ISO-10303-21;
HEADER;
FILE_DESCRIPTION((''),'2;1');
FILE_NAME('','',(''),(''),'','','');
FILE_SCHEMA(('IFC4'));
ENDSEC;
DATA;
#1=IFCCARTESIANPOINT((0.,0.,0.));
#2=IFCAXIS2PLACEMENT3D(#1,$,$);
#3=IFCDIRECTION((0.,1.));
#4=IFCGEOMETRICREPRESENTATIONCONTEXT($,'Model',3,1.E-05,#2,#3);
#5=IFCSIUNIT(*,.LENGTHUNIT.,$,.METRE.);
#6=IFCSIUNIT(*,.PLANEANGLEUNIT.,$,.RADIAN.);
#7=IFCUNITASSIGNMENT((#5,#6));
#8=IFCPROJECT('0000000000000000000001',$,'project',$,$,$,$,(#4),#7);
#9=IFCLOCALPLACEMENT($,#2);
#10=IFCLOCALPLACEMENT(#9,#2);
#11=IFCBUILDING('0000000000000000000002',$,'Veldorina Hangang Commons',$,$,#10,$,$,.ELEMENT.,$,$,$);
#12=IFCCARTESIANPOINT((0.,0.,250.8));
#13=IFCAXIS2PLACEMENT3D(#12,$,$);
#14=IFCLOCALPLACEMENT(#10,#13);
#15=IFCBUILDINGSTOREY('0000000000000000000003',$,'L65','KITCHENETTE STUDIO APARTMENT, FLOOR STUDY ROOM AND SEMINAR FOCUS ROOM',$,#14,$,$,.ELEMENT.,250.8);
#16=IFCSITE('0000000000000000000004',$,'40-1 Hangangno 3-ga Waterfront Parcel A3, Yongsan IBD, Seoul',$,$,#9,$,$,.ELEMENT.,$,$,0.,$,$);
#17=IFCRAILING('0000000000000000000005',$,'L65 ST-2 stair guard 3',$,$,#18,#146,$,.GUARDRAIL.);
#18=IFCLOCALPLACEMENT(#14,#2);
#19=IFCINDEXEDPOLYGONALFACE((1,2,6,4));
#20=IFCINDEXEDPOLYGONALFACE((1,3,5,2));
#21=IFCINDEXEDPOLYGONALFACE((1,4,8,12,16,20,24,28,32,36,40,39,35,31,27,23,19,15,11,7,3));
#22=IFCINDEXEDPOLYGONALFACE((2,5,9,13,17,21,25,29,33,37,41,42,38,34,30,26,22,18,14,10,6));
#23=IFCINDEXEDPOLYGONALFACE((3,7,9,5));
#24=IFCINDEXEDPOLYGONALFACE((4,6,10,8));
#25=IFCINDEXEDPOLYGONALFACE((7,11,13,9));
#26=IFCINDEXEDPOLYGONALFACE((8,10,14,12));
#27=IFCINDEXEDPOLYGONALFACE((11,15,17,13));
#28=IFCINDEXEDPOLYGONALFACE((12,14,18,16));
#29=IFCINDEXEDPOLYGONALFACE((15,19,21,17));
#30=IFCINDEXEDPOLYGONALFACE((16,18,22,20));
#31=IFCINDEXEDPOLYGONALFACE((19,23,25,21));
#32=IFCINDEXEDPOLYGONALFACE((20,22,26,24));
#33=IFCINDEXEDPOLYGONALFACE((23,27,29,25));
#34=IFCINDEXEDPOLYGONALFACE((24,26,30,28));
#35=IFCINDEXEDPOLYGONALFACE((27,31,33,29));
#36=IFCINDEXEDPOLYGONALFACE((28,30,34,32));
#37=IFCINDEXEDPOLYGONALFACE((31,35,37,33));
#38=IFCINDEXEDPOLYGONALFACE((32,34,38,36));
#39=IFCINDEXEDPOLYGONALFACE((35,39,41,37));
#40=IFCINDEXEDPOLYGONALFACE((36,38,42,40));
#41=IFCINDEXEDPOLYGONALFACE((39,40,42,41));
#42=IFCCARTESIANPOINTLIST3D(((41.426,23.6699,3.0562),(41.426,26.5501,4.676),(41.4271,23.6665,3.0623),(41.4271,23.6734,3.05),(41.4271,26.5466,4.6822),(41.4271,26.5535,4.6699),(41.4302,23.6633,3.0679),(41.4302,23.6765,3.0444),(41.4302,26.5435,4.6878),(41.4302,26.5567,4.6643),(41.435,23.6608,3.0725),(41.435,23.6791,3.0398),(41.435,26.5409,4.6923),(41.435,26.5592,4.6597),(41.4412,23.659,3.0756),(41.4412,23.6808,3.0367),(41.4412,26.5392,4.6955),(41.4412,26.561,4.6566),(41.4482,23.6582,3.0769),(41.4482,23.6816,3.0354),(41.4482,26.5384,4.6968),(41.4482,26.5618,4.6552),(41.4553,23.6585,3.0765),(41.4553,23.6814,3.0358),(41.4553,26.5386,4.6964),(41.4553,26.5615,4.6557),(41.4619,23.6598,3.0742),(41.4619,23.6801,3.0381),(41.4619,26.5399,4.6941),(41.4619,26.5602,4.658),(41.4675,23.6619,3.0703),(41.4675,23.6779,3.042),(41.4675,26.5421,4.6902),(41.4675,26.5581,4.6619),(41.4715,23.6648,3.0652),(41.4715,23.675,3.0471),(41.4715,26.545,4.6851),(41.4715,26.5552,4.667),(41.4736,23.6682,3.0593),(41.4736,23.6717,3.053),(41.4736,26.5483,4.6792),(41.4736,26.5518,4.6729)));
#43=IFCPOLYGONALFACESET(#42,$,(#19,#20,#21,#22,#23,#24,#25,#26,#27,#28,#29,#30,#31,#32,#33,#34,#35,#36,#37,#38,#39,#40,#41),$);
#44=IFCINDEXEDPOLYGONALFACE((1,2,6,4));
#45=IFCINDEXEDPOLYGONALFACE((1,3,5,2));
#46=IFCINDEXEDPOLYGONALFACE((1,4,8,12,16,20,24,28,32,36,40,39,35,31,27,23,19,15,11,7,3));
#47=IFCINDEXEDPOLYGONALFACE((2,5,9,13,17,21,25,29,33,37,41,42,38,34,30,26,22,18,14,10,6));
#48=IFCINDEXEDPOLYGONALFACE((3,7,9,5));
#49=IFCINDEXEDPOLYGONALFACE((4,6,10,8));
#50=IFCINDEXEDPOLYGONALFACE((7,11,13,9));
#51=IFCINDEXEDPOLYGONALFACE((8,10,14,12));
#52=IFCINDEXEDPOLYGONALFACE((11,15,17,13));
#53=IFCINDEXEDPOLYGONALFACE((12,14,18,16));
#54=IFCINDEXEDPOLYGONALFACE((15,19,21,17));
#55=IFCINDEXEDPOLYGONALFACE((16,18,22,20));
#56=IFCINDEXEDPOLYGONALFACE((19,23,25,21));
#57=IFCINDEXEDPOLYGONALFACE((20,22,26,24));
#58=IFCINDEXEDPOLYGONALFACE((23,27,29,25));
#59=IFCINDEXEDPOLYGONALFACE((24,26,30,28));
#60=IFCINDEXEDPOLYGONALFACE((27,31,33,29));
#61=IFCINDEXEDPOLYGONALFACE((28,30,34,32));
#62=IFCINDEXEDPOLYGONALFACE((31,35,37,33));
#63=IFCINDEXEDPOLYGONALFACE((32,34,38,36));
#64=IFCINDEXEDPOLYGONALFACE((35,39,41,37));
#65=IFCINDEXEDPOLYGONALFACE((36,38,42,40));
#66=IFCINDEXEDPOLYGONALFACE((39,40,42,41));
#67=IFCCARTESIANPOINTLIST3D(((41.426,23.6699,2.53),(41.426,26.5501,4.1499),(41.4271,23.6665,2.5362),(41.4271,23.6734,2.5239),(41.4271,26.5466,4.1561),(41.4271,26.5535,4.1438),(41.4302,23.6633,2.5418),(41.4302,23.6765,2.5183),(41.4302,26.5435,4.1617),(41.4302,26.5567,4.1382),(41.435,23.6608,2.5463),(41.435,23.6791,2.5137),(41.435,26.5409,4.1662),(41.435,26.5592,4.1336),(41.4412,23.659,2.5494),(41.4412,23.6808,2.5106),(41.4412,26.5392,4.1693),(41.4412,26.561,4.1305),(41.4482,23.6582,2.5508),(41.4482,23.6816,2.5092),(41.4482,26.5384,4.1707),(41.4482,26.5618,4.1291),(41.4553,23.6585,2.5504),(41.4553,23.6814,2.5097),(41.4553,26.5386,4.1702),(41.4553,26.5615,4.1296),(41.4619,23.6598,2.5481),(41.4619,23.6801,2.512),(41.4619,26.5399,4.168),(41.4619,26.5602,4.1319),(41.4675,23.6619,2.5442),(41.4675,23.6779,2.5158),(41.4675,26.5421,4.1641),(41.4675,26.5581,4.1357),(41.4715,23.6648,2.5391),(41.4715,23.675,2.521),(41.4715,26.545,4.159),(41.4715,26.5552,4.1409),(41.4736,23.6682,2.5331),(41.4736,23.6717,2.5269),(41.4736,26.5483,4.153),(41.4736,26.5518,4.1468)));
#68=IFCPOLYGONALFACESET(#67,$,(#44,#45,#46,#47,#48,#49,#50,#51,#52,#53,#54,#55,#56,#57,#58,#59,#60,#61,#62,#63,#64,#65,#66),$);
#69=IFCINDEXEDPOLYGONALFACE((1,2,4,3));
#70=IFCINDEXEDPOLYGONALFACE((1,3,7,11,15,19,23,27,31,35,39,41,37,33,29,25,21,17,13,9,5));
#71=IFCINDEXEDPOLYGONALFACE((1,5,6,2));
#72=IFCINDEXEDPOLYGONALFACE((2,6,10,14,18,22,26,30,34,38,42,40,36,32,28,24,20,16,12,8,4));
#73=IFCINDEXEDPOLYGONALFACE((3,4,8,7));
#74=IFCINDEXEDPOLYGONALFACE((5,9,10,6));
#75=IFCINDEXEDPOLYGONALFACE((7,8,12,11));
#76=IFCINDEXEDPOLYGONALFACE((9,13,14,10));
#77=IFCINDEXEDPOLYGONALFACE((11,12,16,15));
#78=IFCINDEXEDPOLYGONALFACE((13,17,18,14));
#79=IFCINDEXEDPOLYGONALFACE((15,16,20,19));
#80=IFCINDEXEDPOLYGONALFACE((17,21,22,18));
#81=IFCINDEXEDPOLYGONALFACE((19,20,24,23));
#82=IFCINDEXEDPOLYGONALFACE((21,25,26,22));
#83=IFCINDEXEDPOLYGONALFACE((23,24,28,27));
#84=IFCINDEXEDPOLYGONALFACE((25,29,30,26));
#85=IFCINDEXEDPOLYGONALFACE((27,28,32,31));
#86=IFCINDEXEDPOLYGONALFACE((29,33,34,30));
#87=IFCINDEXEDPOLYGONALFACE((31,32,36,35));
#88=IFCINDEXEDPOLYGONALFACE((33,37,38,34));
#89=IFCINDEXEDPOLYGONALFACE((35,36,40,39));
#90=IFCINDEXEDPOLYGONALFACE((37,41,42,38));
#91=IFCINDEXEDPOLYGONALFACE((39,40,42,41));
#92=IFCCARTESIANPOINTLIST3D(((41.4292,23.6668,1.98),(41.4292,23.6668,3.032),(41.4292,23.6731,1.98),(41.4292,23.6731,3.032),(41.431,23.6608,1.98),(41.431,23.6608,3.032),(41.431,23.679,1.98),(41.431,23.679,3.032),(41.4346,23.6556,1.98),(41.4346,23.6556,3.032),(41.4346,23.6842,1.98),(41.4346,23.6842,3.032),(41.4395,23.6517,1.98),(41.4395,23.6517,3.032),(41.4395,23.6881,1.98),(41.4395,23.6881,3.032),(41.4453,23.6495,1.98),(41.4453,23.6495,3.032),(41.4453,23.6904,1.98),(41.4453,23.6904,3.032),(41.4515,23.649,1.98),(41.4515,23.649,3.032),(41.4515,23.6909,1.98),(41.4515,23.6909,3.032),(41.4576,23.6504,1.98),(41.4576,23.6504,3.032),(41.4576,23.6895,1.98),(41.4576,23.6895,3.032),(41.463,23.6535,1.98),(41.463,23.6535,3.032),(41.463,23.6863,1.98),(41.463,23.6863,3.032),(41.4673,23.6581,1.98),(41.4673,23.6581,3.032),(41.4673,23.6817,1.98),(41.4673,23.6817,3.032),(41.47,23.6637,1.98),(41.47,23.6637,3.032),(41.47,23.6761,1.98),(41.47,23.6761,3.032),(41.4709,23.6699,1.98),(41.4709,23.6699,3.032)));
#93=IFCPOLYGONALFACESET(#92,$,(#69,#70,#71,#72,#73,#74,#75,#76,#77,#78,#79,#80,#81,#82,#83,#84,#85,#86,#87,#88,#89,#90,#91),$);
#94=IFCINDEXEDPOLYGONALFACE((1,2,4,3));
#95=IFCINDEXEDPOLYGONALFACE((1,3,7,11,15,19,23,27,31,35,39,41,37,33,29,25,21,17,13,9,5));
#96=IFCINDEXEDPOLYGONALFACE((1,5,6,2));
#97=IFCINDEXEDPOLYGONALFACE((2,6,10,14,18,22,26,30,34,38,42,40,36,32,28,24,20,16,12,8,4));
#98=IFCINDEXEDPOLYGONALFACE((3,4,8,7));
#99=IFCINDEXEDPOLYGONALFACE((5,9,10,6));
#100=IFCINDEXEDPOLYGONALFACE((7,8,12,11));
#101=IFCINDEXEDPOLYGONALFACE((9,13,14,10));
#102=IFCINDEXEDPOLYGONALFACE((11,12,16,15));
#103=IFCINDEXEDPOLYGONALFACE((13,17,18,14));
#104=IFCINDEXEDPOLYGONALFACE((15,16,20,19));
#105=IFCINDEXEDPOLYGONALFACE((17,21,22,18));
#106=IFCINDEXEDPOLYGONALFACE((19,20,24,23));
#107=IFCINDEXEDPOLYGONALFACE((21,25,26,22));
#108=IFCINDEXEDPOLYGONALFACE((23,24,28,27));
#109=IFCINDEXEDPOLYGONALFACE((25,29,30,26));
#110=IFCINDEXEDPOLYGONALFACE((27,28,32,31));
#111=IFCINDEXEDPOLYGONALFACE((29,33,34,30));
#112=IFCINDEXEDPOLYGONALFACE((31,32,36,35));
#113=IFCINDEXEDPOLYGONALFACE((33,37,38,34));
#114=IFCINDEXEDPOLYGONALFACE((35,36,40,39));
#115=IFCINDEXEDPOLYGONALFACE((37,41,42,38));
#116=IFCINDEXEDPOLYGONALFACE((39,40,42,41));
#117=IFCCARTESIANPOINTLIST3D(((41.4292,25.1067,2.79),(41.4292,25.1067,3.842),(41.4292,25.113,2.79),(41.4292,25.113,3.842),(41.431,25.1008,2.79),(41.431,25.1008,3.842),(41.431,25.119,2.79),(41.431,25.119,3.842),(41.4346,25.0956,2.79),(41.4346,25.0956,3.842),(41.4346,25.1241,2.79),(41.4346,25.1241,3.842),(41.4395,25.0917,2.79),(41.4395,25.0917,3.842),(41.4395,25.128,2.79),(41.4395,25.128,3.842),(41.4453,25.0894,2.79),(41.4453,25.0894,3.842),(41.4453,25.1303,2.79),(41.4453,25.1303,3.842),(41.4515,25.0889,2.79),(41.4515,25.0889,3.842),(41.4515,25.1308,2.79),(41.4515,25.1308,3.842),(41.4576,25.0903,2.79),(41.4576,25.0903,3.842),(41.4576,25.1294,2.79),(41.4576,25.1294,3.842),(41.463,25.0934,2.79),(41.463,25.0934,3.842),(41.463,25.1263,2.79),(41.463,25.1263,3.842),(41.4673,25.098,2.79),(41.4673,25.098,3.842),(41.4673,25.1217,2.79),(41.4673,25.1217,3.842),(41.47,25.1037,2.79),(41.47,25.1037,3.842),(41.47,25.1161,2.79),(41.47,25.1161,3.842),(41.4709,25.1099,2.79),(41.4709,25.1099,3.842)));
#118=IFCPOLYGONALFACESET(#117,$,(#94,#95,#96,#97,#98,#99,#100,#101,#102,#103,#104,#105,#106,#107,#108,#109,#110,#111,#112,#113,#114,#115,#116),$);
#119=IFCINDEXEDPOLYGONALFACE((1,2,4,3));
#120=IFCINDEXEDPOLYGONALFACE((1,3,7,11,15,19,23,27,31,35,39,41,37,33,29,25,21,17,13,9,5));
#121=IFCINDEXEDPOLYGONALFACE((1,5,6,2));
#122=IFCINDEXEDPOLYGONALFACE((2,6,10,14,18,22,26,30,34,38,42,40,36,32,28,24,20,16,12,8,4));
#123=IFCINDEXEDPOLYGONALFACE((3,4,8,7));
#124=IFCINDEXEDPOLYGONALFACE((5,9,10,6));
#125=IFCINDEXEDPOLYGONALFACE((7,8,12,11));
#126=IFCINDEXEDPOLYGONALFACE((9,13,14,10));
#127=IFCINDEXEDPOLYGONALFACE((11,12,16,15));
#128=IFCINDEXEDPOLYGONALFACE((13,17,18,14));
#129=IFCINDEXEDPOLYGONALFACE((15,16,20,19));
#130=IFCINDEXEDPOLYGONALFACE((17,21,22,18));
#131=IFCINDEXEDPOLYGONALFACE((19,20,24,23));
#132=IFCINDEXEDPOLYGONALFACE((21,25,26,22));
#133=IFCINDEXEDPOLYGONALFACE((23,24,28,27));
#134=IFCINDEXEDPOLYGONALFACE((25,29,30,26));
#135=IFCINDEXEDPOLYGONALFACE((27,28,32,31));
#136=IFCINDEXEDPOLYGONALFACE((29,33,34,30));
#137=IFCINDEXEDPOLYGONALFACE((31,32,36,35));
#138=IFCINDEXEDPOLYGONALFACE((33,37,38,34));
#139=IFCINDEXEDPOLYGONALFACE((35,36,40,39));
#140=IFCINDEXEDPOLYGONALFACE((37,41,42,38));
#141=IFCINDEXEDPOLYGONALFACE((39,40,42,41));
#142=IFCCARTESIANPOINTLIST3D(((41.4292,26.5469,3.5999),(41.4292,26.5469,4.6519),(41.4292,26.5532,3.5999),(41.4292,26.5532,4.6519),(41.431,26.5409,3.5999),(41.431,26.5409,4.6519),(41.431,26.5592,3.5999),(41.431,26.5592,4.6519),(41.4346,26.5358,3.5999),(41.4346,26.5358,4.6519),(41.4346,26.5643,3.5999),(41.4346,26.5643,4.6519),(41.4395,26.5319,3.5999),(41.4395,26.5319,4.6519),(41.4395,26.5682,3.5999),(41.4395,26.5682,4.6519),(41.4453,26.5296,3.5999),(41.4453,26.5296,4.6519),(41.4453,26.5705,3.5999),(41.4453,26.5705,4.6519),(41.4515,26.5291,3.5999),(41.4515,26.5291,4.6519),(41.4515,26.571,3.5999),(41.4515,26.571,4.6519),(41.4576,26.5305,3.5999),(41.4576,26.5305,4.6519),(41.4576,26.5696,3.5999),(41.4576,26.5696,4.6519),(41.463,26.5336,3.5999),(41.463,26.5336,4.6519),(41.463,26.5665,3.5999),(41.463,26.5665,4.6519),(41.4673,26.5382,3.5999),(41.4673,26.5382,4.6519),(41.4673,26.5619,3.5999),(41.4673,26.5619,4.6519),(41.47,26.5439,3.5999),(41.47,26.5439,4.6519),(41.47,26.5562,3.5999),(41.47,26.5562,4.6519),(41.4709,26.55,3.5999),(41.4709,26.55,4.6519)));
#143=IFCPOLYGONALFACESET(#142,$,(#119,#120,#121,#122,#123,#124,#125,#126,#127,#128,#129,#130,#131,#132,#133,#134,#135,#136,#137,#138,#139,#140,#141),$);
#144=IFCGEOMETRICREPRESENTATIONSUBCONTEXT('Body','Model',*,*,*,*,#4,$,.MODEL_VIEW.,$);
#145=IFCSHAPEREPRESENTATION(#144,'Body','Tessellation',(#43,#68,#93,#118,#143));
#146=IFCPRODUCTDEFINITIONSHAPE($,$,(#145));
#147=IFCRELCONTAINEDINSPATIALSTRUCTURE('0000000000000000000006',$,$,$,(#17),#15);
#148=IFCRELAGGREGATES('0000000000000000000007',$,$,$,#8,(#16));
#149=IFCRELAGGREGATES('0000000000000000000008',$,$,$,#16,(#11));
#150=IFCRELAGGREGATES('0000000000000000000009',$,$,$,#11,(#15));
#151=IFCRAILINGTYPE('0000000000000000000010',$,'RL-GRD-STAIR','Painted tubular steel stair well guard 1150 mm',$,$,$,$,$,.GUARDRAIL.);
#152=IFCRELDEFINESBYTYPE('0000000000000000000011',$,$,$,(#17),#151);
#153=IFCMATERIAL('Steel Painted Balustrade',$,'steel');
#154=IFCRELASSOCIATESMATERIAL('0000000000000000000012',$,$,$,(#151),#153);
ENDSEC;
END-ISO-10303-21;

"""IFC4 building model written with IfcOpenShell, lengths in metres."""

from ifc_helpers import new_model, si_unit, direction, frame, origin, origin_2d, place, context, subcontext, project, spatial, circle, extrude, material, type_object, element, save


model = new_model("IFC4")

# Units and contexts
model_context = context("Model", 3, precision=1e-05, world=origin(), true_north=direction((0.0, 1.0)))
body_context = subcontext(model_context, "Body", "Model", "MODEL_VIEW")
ifc_project = project(units=[si_unit("LENGTHUNIT", "METRE"), si_unit("PLANEANGLEUNIT", "RADIAN")], contexts=[model_context])

# Site, building, storey
site_placement = place(None, origin())
site = spatial("IfcSite", under=ifc_project, at=site_placement, Name="40-1 Hangangno 3-ga Waterfront Parcel A3, Yongsan IBD, Seoul", CompositionType="ELEMENT", RefElevation=0.0)
building_placement = place(site_placement, origin())
building = spatial("IfcBuilding", under=site, at=building_placement, Name="Veldorina Hangang Commons", CompositionType="ELEMENT")
storey_placement = place(building_placement, frame((0.0, 0.0, 250.8)))
storey = spatial("IfcBuildingStorey", under=building, at=storey_placement, Name="L65", Description="KITCHENETTE STUDIO APARTMENT, FLOOR STUDY ROOM AND SEMINAR FOCUS ROOM", CompositionType="ELEMENT", Elevation=250.8)

# Railing
ifc_material_1 = material(Name="Steel Painted Balustrade", Category="steel")
railing_type_1 = type_object("IfcRailingType", Name="RL-GRD-STAIR", Description="Painted tubular steel stair well guard 1150 mm", PredefinedType="GUARDRAIL", material=ifc_material_1)
railing_1_placement = place(storey_placement, frame((41.45, 23.6699, 1.98)))
element("IfcRailing", 1, at=railing_1_placement, inside=storey, type_object=railing_type_1, Name="L65 ST-2 stair guard 3", PredefinedType="GUARDRAIL", context=body_context, shape_type="SweptSolid", body=[
    extrude(circle(Radius=0.0239, at=origin_2d()), frame((0.0, 0.0, 1.0762), z_axis=(0.0, 0.871601, 0.490216), x_axis=(-1.0, 0.0, 0.0)), (0.0, 0.0, 1.0), 3.3044),
    extrude(circle(Radius=0.0239, at=origin_2d()), frame((0.0, 0.0, 0.55), z_axis=(0.0, 0.871601, 0.490216), x_axis=(-1.0, 0.0, 0.0)), (0.0, 0.0, 1.0), 3.3044),
    extrude(circle(Radius=0.021, at=origin_2d()), origin(), (0.0, 0.0, 1.0), 1.052),
    extrude(circle(Radius=0.021, at=origin_2d()), frame((0.0, 1.4399, 0.8101)), (0.0, 0.0, 1.0), 1.052),
    extrude(circle(Radius=0.021, at=origin_2d()), frame((0.0, 2.8801, 1.6199)), (0.0, 0.0, 1.0), 1.052),
])

save(model, "model.ifc")
